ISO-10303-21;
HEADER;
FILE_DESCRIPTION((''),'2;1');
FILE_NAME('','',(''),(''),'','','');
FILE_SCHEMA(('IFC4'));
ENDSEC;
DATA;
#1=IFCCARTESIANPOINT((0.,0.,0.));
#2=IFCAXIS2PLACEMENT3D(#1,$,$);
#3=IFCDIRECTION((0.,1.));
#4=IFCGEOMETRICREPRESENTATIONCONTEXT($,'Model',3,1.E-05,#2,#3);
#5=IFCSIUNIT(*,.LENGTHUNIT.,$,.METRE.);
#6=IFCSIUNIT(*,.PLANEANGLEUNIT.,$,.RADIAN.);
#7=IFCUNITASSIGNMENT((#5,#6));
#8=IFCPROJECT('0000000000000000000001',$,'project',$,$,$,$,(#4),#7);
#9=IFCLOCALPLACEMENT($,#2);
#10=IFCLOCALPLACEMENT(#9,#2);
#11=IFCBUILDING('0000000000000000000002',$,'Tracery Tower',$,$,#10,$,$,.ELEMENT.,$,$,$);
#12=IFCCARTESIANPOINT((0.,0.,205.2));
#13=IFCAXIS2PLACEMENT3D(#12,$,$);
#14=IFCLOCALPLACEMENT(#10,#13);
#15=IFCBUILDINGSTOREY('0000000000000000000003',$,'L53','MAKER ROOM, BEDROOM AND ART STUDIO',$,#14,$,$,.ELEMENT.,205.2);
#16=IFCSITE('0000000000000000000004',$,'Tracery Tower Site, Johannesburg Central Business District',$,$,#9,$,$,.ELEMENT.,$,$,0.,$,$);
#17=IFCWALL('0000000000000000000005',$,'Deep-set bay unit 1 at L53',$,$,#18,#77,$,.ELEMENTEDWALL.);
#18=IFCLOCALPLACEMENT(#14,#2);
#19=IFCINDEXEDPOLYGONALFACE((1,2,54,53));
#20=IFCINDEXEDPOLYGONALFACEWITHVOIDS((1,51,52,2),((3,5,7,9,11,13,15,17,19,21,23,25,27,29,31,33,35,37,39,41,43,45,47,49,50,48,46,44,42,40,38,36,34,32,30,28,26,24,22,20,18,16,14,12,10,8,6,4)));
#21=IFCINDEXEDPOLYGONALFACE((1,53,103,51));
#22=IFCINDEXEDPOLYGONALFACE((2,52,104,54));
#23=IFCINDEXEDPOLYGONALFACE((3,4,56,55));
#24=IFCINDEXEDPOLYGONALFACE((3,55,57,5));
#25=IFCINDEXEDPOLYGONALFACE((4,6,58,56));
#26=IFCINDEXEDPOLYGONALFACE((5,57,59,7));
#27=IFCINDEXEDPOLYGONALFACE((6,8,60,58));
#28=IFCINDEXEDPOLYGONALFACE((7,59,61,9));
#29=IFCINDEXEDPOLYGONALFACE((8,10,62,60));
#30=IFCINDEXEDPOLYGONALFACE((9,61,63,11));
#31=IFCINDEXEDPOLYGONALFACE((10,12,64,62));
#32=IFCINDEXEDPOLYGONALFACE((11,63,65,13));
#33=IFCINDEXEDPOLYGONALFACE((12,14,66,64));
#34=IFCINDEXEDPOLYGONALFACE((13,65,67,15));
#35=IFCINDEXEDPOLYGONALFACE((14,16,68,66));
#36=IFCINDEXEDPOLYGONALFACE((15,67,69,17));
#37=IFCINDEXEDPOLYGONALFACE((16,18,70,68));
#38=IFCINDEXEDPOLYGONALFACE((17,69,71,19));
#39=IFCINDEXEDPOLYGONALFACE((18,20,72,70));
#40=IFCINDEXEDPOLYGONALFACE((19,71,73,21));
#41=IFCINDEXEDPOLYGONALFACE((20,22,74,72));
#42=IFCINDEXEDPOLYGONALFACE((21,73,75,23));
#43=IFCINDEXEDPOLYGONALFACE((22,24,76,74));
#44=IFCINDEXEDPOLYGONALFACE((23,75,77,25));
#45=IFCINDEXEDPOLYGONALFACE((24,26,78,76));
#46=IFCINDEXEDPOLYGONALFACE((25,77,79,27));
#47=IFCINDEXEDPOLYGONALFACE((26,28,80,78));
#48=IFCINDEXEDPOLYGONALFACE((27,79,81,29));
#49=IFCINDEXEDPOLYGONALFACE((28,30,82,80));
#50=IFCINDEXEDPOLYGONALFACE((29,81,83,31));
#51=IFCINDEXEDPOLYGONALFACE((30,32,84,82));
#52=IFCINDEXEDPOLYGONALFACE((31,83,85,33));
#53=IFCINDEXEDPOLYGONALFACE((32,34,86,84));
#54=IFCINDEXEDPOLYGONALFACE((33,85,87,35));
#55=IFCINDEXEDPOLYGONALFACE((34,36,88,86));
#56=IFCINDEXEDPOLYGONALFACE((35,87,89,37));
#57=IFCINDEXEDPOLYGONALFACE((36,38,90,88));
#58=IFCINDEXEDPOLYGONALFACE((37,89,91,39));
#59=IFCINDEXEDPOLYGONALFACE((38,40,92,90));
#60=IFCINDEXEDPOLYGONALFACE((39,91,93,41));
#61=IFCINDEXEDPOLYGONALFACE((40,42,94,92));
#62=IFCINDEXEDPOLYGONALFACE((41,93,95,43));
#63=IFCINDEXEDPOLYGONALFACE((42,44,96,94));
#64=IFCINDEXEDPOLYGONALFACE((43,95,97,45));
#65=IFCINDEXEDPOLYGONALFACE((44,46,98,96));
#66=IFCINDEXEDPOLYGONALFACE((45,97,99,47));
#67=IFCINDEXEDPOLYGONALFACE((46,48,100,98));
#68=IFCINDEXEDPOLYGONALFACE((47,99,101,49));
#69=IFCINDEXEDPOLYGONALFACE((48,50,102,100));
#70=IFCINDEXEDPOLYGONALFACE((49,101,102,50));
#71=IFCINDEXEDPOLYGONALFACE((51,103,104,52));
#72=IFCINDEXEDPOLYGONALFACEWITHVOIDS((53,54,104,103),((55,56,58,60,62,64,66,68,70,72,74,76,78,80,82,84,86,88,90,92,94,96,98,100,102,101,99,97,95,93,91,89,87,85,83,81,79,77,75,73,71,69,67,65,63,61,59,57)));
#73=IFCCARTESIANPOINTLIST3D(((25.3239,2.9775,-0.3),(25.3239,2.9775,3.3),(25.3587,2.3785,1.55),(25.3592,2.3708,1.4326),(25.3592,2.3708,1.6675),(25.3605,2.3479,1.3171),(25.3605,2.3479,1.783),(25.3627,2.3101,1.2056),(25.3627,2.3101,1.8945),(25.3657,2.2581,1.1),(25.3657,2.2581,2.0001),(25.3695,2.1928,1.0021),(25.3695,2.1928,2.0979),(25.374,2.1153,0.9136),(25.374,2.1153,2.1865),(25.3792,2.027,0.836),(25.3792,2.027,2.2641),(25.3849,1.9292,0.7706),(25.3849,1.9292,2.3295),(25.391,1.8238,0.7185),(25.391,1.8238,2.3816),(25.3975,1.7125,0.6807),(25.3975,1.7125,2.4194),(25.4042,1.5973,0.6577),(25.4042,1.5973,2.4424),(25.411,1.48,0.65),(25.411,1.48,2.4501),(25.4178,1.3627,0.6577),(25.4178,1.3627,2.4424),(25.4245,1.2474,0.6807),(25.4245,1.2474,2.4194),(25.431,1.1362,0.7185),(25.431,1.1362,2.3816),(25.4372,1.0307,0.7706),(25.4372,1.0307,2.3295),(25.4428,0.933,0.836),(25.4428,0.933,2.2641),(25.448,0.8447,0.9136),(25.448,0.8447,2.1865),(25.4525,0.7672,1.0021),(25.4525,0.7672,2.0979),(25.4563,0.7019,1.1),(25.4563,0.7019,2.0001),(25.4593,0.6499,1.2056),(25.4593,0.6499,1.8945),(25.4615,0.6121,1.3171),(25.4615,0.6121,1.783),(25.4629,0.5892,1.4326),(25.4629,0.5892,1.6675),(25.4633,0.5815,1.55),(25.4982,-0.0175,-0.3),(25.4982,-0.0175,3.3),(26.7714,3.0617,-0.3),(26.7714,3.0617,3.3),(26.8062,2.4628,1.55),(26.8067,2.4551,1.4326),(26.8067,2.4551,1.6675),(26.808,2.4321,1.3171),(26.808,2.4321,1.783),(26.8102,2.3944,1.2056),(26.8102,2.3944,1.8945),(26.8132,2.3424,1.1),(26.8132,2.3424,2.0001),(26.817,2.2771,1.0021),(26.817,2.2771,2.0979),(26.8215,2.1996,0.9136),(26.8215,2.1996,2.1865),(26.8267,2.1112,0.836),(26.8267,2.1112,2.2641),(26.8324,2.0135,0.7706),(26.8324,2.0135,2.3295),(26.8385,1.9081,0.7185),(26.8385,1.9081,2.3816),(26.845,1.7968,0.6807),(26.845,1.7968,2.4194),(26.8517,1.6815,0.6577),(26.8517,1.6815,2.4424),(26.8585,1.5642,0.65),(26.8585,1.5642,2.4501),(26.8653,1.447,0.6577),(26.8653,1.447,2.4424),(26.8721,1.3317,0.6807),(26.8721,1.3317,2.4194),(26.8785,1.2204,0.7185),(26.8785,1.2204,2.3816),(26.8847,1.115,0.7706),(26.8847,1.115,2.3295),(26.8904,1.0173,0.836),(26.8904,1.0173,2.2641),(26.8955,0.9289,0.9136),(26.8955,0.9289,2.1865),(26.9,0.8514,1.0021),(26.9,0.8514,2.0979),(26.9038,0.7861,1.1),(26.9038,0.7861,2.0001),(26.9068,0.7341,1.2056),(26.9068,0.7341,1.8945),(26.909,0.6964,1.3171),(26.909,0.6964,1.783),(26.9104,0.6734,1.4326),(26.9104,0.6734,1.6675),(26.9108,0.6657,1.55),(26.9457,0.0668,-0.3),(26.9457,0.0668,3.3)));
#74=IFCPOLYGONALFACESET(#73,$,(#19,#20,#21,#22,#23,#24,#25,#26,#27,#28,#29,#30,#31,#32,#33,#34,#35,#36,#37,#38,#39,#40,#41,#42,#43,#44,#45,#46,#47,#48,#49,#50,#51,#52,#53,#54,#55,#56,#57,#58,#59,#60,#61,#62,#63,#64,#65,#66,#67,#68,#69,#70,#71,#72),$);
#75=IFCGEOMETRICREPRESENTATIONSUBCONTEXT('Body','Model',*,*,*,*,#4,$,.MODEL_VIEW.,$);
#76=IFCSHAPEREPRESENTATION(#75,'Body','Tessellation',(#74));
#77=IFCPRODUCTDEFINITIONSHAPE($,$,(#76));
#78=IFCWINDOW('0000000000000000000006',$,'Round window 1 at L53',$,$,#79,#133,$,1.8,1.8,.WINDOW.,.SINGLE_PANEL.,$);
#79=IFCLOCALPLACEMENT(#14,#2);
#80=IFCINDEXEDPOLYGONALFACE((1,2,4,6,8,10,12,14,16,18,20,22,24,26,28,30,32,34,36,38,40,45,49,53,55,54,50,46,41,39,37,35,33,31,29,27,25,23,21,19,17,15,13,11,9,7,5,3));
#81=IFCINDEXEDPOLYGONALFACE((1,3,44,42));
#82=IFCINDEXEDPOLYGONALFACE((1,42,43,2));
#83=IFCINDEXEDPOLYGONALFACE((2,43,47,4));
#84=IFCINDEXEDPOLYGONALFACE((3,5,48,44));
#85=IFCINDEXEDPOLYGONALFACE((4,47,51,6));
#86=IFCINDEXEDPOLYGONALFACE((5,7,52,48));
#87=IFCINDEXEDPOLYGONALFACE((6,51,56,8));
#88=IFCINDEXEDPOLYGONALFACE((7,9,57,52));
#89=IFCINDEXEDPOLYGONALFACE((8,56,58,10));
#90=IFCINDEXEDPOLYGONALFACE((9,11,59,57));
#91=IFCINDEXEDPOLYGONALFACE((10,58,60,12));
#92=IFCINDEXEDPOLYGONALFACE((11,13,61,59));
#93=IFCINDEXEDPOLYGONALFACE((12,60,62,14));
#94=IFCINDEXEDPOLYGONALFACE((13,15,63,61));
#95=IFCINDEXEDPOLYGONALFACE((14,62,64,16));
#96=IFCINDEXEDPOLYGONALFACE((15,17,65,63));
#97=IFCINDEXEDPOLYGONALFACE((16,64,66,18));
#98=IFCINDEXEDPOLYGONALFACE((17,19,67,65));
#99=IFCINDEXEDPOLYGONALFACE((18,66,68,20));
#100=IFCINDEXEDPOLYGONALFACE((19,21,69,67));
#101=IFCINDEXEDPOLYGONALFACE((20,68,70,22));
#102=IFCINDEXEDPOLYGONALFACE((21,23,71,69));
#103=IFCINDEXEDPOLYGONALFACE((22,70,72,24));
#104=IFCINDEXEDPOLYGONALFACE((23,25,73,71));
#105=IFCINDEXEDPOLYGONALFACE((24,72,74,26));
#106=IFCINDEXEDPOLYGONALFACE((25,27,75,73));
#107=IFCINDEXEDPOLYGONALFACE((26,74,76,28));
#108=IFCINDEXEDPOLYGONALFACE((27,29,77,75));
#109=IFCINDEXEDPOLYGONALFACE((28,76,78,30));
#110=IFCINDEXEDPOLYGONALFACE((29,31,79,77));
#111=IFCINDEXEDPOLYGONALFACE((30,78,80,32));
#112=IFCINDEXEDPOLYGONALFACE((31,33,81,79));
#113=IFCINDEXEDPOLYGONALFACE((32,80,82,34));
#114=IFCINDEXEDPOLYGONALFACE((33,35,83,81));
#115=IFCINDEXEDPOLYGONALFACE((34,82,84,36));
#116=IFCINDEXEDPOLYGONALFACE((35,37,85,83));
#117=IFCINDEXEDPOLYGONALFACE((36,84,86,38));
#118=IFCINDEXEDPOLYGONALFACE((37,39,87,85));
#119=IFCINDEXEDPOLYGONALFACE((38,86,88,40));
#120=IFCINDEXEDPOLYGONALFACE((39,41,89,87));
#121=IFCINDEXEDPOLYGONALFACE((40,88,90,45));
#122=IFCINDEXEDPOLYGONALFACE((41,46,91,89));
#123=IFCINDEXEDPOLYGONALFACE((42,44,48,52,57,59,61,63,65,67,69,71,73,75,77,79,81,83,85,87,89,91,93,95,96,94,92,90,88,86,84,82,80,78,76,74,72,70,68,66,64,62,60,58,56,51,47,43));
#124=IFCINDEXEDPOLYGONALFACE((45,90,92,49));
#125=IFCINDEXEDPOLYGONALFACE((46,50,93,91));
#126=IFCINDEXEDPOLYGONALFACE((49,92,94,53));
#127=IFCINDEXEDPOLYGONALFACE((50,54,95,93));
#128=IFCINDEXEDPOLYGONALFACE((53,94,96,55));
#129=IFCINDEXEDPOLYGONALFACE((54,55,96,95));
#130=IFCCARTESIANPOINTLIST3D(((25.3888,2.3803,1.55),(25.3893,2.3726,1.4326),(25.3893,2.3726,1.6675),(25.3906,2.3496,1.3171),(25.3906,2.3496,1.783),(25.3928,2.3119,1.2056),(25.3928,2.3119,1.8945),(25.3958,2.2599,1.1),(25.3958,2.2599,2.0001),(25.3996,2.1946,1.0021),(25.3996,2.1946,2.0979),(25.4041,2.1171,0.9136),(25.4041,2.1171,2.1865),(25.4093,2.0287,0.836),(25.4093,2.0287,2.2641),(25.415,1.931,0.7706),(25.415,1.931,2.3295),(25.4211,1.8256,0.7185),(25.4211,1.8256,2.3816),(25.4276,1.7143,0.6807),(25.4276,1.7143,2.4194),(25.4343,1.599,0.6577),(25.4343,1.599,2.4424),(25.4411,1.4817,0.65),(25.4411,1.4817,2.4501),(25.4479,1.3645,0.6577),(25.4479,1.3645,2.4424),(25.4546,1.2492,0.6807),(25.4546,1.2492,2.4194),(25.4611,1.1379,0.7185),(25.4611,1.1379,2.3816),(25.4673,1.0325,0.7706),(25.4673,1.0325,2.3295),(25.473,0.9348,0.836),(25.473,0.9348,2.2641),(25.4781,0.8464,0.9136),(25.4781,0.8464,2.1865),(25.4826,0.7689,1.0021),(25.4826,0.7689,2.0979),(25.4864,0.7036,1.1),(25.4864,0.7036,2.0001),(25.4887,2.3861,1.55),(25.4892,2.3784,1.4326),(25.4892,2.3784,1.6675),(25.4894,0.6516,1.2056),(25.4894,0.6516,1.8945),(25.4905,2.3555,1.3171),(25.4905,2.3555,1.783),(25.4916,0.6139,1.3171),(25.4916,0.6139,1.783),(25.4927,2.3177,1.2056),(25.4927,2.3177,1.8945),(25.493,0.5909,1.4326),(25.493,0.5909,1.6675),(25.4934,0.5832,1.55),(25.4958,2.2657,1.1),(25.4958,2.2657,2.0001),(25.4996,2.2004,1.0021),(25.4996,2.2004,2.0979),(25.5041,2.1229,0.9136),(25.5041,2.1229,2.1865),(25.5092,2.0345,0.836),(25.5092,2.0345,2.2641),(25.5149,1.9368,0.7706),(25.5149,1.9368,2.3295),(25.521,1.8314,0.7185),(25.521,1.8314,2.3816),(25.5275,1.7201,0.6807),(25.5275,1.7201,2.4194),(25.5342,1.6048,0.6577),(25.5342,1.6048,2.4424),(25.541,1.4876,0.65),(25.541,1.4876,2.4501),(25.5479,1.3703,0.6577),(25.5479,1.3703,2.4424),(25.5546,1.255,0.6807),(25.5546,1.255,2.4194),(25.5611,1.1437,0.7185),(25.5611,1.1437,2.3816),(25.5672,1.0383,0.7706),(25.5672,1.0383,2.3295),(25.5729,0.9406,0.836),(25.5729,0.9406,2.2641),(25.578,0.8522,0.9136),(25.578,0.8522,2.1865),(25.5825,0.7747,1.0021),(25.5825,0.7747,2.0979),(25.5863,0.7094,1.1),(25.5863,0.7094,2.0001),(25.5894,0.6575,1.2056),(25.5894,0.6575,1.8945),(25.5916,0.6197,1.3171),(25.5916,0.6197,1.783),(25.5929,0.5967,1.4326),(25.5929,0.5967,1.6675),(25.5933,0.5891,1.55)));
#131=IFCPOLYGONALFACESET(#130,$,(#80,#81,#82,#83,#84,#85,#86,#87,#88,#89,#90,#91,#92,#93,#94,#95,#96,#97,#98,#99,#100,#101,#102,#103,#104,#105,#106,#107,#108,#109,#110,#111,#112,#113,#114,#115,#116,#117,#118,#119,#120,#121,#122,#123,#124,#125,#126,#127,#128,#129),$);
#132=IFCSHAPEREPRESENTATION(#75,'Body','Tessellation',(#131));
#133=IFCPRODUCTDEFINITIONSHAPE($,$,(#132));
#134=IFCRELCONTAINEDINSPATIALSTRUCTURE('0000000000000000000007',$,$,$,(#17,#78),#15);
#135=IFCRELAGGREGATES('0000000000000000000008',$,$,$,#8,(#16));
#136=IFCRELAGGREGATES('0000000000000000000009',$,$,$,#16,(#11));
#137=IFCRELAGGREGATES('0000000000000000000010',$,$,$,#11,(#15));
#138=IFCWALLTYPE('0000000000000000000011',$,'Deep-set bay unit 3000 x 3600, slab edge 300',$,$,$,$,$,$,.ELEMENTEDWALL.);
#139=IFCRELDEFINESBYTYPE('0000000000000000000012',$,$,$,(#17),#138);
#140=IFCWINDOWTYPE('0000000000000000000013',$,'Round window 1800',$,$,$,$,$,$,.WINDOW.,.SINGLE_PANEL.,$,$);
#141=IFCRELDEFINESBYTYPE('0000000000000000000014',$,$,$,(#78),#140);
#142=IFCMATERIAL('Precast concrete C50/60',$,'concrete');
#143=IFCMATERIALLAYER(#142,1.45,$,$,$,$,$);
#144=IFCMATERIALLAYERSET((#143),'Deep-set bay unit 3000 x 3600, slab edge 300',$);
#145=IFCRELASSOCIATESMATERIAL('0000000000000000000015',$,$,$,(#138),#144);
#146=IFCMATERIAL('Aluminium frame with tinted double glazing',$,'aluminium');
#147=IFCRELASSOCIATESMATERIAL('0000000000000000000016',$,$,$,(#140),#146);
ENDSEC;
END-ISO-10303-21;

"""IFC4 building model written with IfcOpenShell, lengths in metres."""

from ifc_helpers import new_model, si_unit, direction, frame, frame_2d, origin, origin_2d, place, context, subcontext, project, spatial, rectangle, circle, extrude, material, layer, layer_set, type_object, element, fill, save


model = new_model("IFC4")

# Units and contexts
model_context = context("Model", 3, precision=1e-05, world=origin(), true_north=direction((0.0, 1.0)))
body_context = subcontext(model_context, "Body", "Model", "MODEL_VIEW")
ifc_project = project(units=[si_unit("LENGTHUNIT", "METRE"), si_unit("PLANEANGLEUNIT", "RADIAN")], contexts=[model_context])

# Site, building, storey
site_placement = place(None, origin())
site = spatial("IfcSite", under=ifc_project, at=site_placement, Name="Tracery Tower Site, Johannesburg Central Business District", CompositionType="ELEMENT", RefElevation=0.0)
building_placement = place(site_placement, origin())
building = spatial("IfcBuilding", under=site, at=building_placement, Name="Tracery Tower", CompositionType="ELEMENT")
storey_placement = place(building_placement, frame((0.0, 0.0, 205.2)))
storey = spatial("IfcBuildingStorey", under=building, at=storey_placement, Name="L53", Description="MAKER ROOM, BEDROOM AND ART STUDIO", CompositionType="ELEMENT", Elevation=205.2)

# Wall, opening, window
ifc_material_1 = material(Name="Precast concrete C50/60", Category="concrete")
ifc_layer_1 = layer(ifc_material_1, 1.45)
ifc_layer_set_1 = layer_set([ifc_layer_1], Name="Deep-set bay unit 3000 x 3600, slab edge 300")
wall_type_1 = type_object("IfcWallType", Name="Deep-set bay unit 3000 x 3600, slab edge 300", PredefinedType="ELEMENTEDWALL", material=ifc_layer_set_1)
wall_1_placement = place(storey_placement, frame((26.2219, 0.0247, -0.3), z_axis=(0.0, 0.0, 1.0), x_axis=(-0.058107, 0.99831, 0.0)))
wall_1 = element("IfcWall", 1, at=wall_1_placement, inside=storey, type_object=wall_type_1, Name="Deep-set bay unit 1 at L53", PredefinedType="ELEMENTEDWALL", context=body_context, shape_type="SweptSolid", body=[
    extrude(rectangle(XDim=3.0, YDim=1.45, at=frame_2d((1.5, 0.0))), origin(), (0.0, 0.0, 1.0), 3.6001),
])
opening_1_placement = place(wall_1_placement, frame((1.5, 0.0, 1.8501)))
opening_1 = element("IfcOpeningElement", 2, at=opening_1_placement, cuts=wall_1, PredefinedType="OPENING", context=body_context, shape_type="SweptSolid", body=[
    extrude(circle(Radius=0.9, at=origin_2d()), frame((0.0, 0.7349, 0.0), z_axis=(0.0, -1.0, 0.0), x_axis=(1.0, 0.0, 0.0)), (0.0, 0.0, 1.0), 1.47),
])
ifc_material_2 = material(Name="Aluminium frame with tinted double glazing", Category="aluminium")
window_type = type_object("IfcWindowType", Name="Round window 1800", PartitioningType="SINGLE_PANEL", PredefinedType="WINDOW", material=ifc_material_2)
window_1_placement = place(opening_1_placement, origin())
window_1 = element("IfcWindow", 3, at=window_1_placement, inside=storey, type_object=window_type, Name="Round window 1 at L53", OverallHeight=1.8, OverallWidth=1.8, PartitioningType="SINGLE_PANEL", PredefinedType="WINDOW", context=body_context, shape_type="SweptSolid", body=[
    extrude(circle(Radius=0.9, at=origin_2d()), frame((0.0, 0.6948, 0.0), z_axis=(0.0, -1.0, 0.0), x_axis=(1.0, 0.0, 0.0)), (0.0, 0.0, 1.0), 0.1001),
])
fill(opening_1, window_1)

save(model, "model.ifc")
